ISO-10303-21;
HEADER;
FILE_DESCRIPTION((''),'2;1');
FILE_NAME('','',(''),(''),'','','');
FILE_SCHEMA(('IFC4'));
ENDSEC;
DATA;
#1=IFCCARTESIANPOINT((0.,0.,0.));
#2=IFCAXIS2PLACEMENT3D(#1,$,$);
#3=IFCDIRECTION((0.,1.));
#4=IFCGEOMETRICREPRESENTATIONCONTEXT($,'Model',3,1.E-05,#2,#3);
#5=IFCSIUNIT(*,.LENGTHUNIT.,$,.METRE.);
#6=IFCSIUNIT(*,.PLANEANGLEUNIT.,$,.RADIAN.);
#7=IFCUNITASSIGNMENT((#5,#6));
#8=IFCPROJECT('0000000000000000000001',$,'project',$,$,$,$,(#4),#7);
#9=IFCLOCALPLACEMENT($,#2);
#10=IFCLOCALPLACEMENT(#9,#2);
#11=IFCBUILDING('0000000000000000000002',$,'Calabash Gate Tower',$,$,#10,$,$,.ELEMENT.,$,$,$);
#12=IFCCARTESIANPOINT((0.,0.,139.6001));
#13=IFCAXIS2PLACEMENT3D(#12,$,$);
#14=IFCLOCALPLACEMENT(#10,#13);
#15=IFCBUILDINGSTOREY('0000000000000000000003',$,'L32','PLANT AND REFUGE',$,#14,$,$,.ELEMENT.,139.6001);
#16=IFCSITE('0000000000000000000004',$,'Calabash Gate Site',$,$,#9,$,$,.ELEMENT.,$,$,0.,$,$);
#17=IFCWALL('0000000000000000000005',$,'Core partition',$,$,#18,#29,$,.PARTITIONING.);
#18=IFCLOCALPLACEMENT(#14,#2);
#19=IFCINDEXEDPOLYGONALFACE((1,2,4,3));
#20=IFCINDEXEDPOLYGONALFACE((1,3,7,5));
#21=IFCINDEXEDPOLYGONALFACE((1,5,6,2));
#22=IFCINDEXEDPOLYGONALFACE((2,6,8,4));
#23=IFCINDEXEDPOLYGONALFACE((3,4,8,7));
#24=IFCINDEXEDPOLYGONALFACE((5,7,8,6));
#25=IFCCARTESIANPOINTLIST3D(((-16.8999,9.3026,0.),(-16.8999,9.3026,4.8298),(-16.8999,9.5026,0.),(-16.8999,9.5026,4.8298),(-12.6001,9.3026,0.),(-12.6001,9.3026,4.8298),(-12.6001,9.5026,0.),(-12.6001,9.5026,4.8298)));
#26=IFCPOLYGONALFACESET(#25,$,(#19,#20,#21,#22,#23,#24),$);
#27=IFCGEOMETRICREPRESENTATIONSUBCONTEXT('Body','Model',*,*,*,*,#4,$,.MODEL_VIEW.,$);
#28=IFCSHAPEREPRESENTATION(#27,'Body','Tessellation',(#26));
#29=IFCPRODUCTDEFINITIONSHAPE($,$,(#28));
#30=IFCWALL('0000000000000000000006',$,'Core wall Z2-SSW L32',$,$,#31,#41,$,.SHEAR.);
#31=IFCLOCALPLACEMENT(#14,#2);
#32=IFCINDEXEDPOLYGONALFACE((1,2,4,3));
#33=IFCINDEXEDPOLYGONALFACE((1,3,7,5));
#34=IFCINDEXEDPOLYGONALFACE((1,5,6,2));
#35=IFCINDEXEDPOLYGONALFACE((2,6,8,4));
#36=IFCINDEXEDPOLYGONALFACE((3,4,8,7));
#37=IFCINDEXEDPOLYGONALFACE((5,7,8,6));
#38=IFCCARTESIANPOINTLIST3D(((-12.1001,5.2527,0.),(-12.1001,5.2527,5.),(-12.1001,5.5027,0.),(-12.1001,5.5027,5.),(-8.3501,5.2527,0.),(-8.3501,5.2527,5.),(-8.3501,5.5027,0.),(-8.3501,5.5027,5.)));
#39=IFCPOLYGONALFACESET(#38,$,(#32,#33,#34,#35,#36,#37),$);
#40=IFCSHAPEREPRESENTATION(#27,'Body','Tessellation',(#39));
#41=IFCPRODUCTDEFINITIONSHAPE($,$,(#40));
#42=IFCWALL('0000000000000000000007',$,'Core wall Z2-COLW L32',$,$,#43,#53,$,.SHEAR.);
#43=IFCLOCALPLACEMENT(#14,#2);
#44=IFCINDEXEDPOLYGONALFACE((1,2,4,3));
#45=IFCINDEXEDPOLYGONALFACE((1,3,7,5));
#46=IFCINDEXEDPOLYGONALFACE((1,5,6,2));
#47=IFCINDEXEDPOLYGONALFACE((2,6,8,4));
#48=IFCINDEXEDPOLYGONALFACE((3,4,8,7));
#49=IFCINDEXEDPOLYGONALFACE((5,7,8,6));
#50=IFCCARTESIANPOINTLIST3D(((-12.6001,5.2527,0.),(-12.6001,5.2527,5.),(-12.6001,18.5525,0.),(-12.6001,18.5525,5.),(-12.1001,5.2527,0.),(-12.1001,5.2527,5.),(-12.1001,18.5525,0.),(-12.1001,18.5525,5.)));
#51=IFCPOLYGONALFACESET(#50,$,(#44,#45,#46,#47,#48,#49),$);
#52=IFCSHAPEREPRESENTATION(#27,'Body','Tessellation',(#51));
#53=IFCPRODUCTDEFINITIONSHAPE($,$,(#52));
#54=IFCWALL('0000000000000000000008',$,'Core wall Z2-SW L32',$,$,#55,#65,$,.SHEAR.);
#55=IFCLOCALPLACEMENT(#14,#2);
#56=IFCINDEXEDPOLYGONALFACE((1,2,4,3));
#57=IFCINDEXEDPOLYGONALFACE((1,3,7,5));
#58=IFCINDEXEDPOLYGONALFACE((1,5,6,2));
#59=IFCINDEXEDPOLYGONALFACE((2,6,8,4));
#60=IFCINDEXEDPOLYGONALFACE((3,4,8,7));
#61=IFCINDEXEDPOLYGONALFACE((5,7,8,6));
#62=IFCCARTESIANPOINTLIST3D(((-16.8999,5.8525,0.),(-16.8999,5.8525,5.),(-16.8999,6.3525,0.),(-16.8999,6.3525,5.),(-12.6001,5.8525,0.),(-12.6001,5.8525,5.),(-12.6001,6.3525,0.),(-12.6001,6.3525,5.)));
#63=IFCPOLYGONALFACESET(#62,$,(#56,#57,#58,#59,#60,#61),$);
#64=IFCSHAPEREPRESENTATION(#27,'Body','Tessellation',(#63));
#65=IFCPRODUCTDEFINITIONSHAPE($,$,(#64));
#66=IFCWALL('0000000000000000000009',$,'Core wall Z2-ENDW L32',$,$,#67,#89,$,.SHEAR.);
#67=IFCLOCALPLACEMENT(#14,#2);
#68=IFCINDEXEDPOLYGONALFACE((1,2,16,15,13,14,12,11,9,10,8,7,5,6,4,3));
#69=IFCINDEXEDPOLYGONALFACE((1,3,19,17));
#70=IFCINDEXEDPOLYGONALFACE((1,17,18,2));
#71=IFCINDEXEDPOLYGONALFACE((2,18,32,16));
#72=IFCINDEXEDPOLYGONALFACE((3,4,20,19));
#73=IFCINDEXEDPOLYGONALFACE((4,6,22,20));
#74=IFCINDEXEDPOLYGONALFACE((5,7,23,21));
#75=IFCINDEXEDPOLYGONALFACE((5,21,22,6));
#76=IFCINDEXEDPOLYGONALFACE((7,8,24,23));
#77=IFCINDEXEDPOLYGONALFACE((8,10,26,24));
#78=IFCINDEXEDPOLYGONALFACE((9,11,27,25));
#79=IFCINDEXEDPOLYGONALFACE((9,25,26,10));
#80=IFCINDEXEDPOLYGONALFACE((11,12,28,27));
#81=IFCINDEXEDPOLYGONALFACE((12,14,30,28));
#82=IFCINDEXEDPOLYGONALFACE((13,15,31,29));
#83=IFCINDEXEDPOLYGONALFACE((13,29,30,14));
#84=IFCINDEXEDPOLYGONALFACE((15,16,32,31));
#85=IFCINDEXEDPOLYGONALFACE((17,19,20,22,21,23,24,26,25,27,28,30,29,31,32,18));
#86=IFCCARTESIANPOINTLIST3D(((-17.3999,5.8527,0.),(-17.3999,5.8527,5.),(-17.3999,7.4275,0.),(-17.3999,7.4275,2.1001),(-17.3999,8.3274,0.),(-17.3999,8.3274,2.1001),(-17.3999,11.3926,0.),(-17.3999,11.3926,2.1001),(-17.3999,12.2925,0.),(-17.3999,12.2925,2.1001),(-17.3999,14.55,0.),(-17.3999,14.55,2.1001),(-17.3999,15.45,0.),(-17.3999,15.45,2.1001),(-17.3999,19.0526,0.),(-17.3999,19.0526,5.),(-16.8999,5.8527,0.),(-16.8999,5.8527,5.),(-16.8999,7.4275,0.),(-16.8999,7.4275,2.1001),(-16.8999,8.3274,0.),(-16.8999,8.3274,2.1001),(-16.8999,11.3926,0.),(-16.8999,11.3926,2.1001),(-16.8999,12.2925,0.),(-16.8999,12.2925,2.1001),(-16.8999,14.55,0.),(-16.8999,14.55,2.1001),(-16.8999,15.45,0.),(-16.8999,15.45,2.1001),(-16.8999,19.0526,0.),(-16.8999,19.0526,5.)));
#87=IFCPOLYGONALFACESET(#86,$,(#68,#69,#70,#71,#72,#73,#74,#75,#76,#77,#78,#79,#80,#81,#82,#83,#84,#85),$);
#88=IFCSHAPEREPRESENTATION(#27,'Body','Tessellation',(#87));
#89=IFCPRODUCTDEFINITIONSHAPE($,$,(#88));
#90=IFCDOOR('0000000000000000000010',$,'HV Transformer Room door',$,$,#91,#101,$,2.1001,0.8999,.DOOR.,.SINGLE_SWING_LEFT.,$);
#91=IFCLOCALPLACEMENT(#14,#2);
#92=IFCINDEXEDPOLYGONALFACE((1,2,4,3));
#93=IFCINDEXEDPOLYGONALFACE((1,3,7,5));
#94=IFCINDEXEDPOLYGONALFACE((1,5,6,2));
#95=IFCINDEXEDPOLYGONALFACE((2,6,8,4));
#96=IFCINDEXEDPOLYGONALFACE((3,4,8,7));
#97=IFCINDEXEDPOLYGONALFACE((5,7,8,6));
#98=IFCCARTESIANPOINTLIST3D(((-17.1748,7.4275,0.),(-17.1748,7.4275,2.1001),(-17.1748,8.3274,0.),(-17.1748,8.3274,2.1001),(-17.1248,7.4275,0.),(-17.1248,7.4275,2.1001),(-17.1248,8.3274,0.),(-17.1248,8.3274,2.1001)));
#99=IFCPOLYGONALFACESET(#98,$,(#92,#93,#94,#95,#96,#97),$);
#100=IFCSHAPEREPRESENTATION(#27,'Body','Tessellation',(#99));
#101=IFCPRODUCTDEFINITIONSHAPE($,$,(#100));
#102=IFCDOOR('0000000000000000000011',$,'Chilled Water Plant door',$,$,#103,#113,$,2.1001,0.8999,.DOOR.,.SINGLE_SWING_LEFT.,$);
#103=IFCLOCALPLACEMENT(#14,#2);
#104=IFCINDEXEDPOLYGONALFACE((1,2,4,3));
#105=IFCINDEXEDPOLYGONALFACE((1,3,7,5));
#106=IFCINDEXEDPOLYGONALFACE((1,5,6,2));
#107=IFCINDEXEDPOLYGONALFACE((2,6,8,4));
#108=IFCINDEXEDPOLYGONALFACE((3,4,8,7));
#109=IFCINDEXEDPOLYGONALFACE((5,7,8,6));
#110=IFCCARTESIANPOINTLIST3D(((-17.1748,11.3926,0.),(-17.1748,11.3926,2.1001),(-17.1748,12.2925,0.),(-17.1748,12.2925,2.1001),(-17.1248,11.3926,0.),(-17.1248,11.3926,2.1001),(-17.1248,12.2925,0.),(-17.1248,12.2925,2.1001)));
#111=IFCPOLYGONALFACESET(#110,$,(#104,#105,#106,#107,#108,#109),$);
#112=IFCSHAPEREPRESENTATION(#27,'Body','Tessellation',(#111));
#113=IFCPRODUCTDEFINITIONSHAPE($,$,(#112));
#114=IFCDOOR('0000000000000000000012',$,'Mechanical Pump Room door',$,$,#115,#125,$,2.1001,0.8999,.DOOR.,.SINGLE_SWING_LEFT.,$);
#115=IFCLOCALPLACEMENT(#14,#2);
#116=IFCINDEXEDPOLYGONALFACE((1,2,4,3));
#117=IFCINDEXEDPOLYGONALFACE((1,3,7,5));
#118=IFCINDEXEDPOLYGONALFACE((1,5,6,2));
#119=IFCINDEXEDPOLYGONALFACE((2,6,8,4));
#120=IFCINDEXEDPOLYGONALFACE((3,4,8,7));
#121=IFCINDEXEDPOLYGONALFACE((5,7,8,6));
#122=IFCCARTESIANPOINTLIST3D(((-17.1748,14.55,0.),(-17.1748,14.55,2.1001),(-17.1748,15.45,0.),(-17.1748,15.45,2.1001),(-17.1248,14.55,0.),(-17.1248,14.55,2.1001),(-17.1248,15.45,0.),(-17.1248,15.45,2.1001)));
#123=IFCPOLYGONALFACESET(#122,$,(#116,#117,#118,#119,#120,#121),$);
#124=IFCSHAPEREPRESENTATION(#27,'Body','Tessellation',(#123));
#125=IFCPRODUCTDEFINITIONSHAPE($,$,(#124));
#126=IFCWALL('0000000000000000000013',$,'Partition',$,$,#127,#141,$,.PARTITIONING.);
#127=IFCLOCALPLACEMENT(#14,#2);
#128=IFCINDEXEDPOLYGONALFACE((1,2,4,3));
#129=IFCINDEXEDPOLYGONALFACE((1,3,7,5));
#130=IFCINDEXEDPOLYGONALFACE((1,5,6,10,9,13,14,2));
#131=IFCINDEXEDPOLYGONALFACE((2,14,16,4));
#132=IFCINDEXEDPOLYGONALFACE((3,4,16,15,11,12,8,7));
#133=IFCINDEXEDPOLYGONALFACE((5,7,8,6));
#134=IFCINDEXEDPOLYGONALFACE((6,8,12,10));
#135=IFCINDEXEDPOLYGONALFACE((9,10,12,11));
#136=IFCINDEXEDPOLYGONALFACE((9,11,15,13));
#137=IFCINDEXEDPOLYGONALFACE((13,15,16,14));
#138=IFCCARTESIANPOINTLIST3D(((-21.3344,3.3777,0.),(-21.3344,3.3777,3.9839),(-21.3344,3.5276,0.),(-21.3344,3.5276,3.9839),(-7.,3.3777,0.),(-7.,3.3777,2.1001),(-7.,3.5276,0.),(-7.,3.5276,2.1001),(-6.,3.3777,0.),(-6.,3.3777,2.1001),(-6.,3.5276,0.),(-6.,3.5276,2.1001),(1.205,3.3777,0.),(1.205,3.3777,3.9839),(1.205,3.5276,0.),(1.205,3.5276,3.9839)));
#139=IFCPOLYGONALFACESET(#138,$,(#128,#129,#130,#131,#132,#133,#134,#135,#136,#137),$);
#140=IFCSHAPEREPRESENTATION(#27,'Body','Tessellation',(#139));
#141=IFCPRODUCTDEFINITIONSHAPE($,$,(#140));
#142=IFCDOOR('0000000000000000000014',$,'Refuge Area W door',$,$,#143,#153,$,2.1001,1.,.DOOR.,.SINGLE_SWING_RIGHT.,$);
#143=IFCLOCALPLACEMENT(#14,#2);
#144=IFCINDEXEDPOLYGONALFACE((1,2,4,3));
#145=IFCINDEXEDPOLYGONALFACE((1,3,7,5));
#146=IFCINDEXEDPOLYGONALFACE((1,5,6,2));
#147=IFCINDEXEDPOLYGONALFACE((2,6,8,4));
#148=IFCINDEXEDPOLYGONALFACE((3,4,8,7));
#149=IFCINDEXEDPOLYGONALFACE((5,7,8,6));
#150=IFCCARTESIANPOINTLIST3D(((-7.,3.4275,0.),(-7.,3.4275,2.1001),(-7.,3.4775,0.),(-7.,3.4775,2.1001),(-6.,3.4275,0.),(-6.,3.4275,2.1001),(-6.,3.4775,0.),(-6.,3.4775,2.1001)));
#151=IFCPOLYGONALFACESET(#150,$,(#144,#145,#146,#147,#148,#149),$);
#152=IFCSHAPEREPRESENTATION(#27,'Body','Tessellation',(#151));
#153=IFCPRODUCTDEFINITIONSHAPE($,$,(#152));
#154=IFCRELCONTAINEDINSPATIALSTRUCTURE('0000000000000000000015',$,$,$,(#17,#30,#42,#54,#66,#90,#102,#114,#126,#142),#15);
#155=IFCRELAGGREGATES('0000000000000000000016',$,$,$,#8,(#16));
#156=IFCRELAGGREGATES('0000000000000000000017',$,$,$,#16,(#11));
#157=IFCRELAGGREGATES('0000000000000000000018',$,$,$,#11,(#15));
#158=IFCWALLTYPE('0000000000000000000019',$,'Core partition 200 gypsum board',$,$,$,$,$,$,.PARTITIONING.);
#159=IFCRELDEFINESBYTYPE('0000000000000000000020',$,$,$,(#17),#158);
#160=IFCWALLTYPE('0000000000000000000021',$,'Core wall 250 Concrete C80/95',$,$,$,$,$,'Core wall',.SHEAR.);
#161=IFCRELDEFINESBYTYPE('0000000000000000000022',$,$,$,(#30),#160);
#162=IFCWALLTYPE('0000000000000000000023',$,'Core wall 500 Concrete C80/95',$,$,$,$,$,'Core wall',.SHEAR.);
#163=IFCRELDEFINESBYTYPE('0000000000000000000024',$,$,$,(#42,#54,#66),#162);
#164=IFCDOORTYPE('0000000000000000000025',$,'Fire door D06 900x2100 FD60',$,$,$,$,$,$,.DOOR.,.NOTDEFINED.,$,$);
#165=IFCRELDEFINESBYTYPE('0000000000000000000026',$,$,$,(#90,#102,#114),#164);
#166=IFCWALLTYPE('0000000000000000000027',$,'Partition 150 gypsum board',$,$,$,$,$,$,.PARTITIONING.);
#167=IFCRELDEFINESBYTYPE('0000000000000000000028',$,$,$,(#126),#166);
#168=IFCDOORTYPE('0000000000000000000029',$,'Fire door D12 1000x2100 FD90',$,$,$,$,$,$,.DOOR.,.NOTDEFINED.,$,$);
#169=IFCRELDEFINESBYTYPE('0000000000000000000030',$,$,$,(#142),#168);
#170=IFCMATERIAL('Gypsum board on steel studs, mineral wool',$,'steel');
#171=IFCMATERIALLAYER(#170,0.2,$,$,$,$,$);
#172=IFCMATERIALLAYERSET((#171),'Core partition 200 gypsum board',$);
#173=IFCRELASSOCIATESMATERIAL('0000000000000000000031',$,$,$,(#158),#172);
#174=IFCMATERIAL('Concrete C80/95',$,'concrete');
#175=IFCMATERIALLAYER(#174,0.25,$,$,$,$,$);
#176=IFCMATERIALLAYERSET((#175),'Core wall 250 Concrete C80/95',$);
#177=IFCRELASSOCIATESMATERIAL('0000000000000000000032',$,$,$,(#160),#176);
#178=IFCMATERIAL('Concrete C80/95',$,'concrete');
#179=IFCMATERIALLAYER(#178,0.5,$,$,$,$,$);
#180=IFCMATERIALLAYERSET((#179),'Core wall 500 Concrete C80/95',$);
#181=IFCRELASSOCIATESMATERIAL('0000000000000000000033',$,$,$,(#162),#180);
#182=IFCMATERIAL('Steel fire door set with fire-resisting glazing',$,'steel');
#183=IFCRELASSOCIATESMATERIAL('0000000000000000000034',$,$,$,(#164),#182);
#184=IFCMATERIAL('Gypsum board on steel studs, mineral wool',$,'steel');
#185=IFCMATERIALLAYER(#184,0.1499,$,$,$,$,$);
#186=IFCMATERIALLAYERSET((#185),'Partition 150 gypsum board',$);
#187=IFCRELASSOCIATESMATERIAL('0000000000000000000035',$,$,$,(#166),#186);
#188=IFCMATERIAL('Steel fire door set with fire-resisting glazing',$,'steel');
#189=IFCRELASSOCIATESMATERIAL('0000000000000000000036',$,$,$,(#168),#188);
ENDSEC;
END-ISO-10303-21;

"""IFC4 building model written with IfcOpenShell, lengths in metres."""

from ifc_helpers import new_model, si_unit, direction, frame, frame_2d, origin, place, context, subcontext, project, spatial, rectangle, extrude, material, layer, layer_set, type_object, element, fill, save


model = new_model("IFC4")

# Units and contexts
model_context = context("Model", 3, precision=1e-05, world=origin(), true_north=direction((0.0, 1.0)))
body_context = subcontext(model_context, "Body", "Model", "MODEL_VIEW")
ifc_project = project(units=[si_unit("LENGTHUNIT", "METRE"), si_unit("PLANEANGLEUNIT", "RADIAN")], contexts=[model_context])

# Site, building, storey
site_placement = place(None, origin())
site = spatial("IfcSite", under=ifc_project, at=site_placement, Name="Calabash Gate Site", CompositionType="ELEMENT", RefElevation=0.0)
building_placement = place(site_placement, origin())
building = spatial("IfcBuilding", under=site, at=building_placement, Name="Calabash Gate Tower", CompositionType="ELEMENT")
storey_placement = place(building_placement, frame((0.0, 0.0, 139.6001)))
storey = spatial("IfcBuildingStorey", under=building, at=storey_placement, Name="L32", Description="PLANT AND REFUGE", CompositionType="ELEMENT", Elevation=139.6001)

# Walls
ifc_material_1 = material(Name="Gypsum board on steel studs, mineral wool", Category="steel")
ifc_layer_1 = layer(ifc_material_1, 0.2)
ifc_layer_set_1 = layer_set([ifc_layer_1], Name="Core partition 200 gypsum board")
wall_type_1 = type_object("IfcWallType", Name="Core partition 200 gypsum board", PredefinedType="PARTITIONING", material=ifc_layer_set_1)
wall_1_placement = place(storey_placement, frame((-16.8999, 9.4026, 0.0), z_axis=(0.0, 0.0, 1.0), x_axis=(1.0, 0.0, 0.0)))
element("IfcWall", 1, at=wall_1_placement, inside=storey, type_object=wall_type_1, Name="Core partition", PredefinedType="PARTITIONING", context=body_context, shape_type="SweptSolid", body=[
    extrude(rectangle(XDim=4.2998, YDim=0.2, at=frame_2d((2.1499, 0.0))), origin(), (0.0, 0.0, 1.0), 4.8298),
])
ifc_material_2 = material(Name="Concrete C80/95", Category="concrete")
ifc_layer_2 = layer(ifc_material_2, 0.25)
ifc_layer_set_2 = layer_set([ifc_layer_2], Name="Core wall 250 Concrete C80/95")
wall_type_2 = type_object("IfcWallType", Name="Core wall 250 Concrete C80/95", ElementType="Core wall", PredefinedType="SHEAR", material=ifc_layer_set_2)
wall_2_placement = place(storey_placement, frame((-12.1001, 5.3777, 0.0), z_axis=(0.0, 0.0, 1.0), x_axis=(1.0, 0.0, 0.0)))
element("IfcWall", 2, at=wall_2_placement, inside=storey, type_object=wall_type_2, Name="Core wall Z2-SSW L32", PredefinedType="SHEAR", context=body_context, shape_type="SweptSolid", body=[
    extrude(rectangle(XDim=3.75, YDim=0.25, at=frame_2d((1.875, 0.0))), origin(), (0.0, 0.0, 1.0), 5.0),
])
ifc_material_3 = material(Name="Concrete C80/95", Category="concrete")
ifc_layer_3 = layer(ifc_material_3, 0.5)
ifc_layer_set_3 = layer_set([ifc_layer_3], Name="Core wall 500 Concrete C80/95")
wall_type_3 = type_object("IfcWallType", Name="Core wall 500 Concrete C80/95", ElementType="Core wall", PredefinedType="SHEAR", material=ifc_layer_set_3)
wall_3_placement = place(storey_placement, frame((-12.3501, 5.2527, 0.0), z_axis=(0.0, 0.0, 1.0), x_axis=(0.0, 1.0, 0.0)))
element("IfcWall", 3, at=wall_3_placement, inside=storey, type_object=wall_type_3, Name="Core wall Z2-COLW L32", PredefinedType="SHEAR", context=body_context, shape_type="SweptSolid", body=[
    extrude(rectangle(XDim=13.2998, YDim=0.5, at=frame_2d((6.6499, 0.0))), origin(), (0.0, 0.0, 1.0), 5.0),
])
wall_4_placement = place(storey_placement, frame((-12.6001, 6.1025, 0.0), z_axis=(0.0, 0.0, 1.0), x_axis=(-1.0, 0.0, 0.0)))
element("IfcWall", 4, at=wall_4_placement, inside=storey, type_object=wall_type_3, Name="Core wall Z2-SW L32", PredefinedType="SHEAR", context=body_context, shape_type="SweptSolid", body=[
    extrude(rectangle(XDim=4.2998, YDim=0.5, at=frame_2d((2.1499, 0.0))), origin(), (0.0, 0.0, 1.0), 5.0),
])

# Wall, openings, doors
wall_5_placement = place(storey_placement, frame((-17.1499, 5.8525, 0.0), z_axis=(0.0, 0.0, 1.0), x_axis=(0.0, 1.0, 0.0)))
wall_5 = element("IfcWall", 5, at=wall_5_placement, inside=storey, type_object=wall_type_3, Name="Core wall Z2-ENDW L32", PredefinedType="SHEAR", context=body_context, shape_type="SweptSolid", body=[
    extrude(rectangle(XDim=13.2, YDim=0.5, at=frame_2d((6.6001, 0.0))), origin(), (0.0, 0.0, 1.0), 5.0),
])
opening_1_placement = place(wall_5_placement, frame((1.575, 0.0, 0.0)))
opening_1 = element("IfcOpeningElement", 6, at=opening_1_placement, cuts=wall_5, PredefinedType="OPENING", context=body_context, shape_type="SweptSolid", body=[
    extrude(rectangle(XDim=0.8999, YDim=2.1001, at=frame_2d((0.45, 1.05))), frame((0.0, 0.26, 0.0), z_axis=(0.0, -1.0, 0.0), x_axis=(1.0, 0.0, 0.0)), (0.0, 0.0, 1.0), 0.52),
])
opening_2_placement = place(wall_5_placement, frame((5.54, 0.0, 0.0)))
opening_2 = element("IfcOpeningElement", 7, at=opening_2_placement, cuts=wall_5, PredefinedType="OPENING", context=body_context, shape_type="SweptSolid", body=[
    extrude(rectangle(XDim=0.8999, YDim=2.1001, at=frame_2d((0.45, 1.05))), frame((0.0, 0.26, 0.0), z_axis=(0.0, -1.0, 0.0), x_axis=(1.0, 0.0, 0.0)), (0.0, 0.0, 1.0), 0.52),
])
opening_3_placement = place(wall_5_placement, frame((8.6975, 0.0, 0.0)))
opening_3 = element("IfcOpeningElement", 8, at=opening_3_placement, cuts=wall_5, PredefinedType="OPENING", context=body_context, shape_type="SweptSolid", body=[
    extrude(rectangle(XDim=0.8999, YDim=2.1001, at=frame_2d((0.45, 1.05))), frame((0.0, 0.26, 0.0), z_axis=(0.0, -1.0, 0.0), x_axis=(1.0, 0.0, 0.0)), (0.0, 0.0, 1.0), 0.52),
])
ifc_material_4 = material(Name="Steel fire door set with fire-resisting glazing", Category="steel")
door_type_1 = type_object("IfcDoorType", Name="Fire door D06 900x2100 FD60", OperationType="NOTDEFINED", PredefinedType="DOOR", material=ifc_material_4)
door_1_placement = place(opening_1_placement, origin())
door_1 = element("IfcDoor", 9, at=door_1_placement, inside=storey, type_object=door_type_1, Name="HV Transformer Room door", OperationType="SINGLE_SWING_LEFT", OverallHeight=2.1001, OverallWidth=0.8999, PredefinedType="DOOR", context=body_context, shape_type="SweptSolid", body=[
    extrude(rectangle(XDim=0.8999, YDim=2.1001, at=frame_2d((0.45, 1.05))), frame((0.0, 0.0249, 0.0), z_axis=(0.0, -1.0, 0.0), x_axis=(1.0, 0.0, 0.0)), (0.0, 0.0, 1.0), 0.05),
])
fill(opening_1, door_1)
door_2_placement = place(opening_2_placement, origin())
door_2 = element("IfcDoor", 10, at=door_2_placement, inside=storey, type_object=door_type_1, Name="Chilled Water Plant door", OperationType="SINGLE_SWING_LEFT", OverallHeight=2.1001, OverallWidth=0.8999, PredefinedType="DOOR", context=body_context, shape_type="SweptSolid", body=[
    extrude(rectangle(XDim=0.8999, YDim=2.1001, at=frame_2d((0.45, 1.05))), frame((0.0, 0.0249, 0.0), z_axis=(0.0, -1.0, 0.0), x_axis=(1.0, 0.0, 0.0)), (0.0, 0.0, 1.0), 0.05),
])
fill(opening_2, door_2)
door_3_placement = place(opening_3_placement, origin())
door_3 = element("IfcDoor", 11, at=door_3_placement, inside=storey, type_object=door_type_1, Name="Mechanical Pump Room door", OperationType="SINGLE_SWING_LEFT", OverallHeight=2.1001, OverallWidth=0.8999, PredefinedType="DOOR", context=body_context, shape_type="SweptSolid", body=[
    extrude(rectangle(XDim=0.8999, YDim=2.1001, at=frame_2d((0.45, 1.05))), frame((0.0, 0.0249, 0.0), z_axis=(0.0, -1.0, 0.0), x_axis=(1.0, 0.0, 0.0)), (0.0, 0.0, 1.0), 0.05),
])
fill(opening_3, door_3)

# Wall, opening, door
ifc_material_5 = material(Name="Gypsum board on steel studs, mineral wool", Category="steel")
ifc_layer_4 = layer(ifc_material_5, 0.1499)
ifc_layer_set_4 = layer_set([ifc_layer_4], Name="Partition 150 gypsum board")
wall_type_4 = type_object("IfcWallType", Name="Partition 150 gypsum board", PredefinedType="PARTITIONING", material=ifc_layer_set_4)
wall_6_placement = place(storey_placement, frame((-21.3342, 3.4526, 0.0), z_axis=(0.0, 0.0, 1.0), x_axis=(1.0, 0.0, 0.0)))
wall_6 = element("IfcWall", 12, at=wall_6_placement, inside=storey, type_object=wall_type_4, Name="Partition", PredefinedType="PARTITIONING", context=body_context, shape_type="SweptSolid", body=[
    extrude(rectangle(XDim=22.5393, YDim=0.1499, at=frame_2d((11.2695, 0.0))), origin(), (0.0, 0.0, 1.0), 3.9839),
])
opening_4_placement = place(wall_6_placement, frame((14.3342, 0.0, 0.0)))
opening_4 = element("IfcOpeningElement", 13, at=opening_4_placement, cuts=wall_6, PredefinedType="OPENING", context=body_context, shape_type="SweptSolid", body=[
    extrude(rectangle(XDim=1.0, YDim=2.1001, at=frame_2d((0.5, 1.05))), frame((0.0, 0.085, 0.0), z_axis=(0.0, -1.0, 0.0), x_axis=(1.0, 0.0, 0.0)), (0.0, 0.0, 1.0), 0.1699),
])
ifc_material_6 = material(Name="Steel fire door set with fire-resisting glazing", Category="steel")
door_type_2 = type_object("IfcDoorType", Name="Fire door D12 1000x2100 FD90", OperationType="NOTDEFINED", PredefinedType="DOOR", material=ifc_material_6)
door_4_placement = place(opening_4_placement, origin())
door_4 = element("IfcDoor", 14, at=door_4_placement, inside=storey, type_object=door_type_2, Name="Refuge Area W door", OperationType="SINGLE_SWING_RIGHT", OverallHeight=2.1001, OverallWidth=1.0, PredefinedType="DOOR", context=body_context, shape_type="SweptSolid", body=[
    extrude(rectangle(XDim=1.0, YDim=2.1001, at=frame_2d((0.5, 1.05))), frame((0.0, 0.0249, 0.0), z_axis=(0.0, -1.0, 0.0), x_axis=(1.0, 0.0, 0.0)), (0.0, 0.0, 1.0), 0.05),
])
fill(opening_4, door_4)

save(model, "model.ifc")
